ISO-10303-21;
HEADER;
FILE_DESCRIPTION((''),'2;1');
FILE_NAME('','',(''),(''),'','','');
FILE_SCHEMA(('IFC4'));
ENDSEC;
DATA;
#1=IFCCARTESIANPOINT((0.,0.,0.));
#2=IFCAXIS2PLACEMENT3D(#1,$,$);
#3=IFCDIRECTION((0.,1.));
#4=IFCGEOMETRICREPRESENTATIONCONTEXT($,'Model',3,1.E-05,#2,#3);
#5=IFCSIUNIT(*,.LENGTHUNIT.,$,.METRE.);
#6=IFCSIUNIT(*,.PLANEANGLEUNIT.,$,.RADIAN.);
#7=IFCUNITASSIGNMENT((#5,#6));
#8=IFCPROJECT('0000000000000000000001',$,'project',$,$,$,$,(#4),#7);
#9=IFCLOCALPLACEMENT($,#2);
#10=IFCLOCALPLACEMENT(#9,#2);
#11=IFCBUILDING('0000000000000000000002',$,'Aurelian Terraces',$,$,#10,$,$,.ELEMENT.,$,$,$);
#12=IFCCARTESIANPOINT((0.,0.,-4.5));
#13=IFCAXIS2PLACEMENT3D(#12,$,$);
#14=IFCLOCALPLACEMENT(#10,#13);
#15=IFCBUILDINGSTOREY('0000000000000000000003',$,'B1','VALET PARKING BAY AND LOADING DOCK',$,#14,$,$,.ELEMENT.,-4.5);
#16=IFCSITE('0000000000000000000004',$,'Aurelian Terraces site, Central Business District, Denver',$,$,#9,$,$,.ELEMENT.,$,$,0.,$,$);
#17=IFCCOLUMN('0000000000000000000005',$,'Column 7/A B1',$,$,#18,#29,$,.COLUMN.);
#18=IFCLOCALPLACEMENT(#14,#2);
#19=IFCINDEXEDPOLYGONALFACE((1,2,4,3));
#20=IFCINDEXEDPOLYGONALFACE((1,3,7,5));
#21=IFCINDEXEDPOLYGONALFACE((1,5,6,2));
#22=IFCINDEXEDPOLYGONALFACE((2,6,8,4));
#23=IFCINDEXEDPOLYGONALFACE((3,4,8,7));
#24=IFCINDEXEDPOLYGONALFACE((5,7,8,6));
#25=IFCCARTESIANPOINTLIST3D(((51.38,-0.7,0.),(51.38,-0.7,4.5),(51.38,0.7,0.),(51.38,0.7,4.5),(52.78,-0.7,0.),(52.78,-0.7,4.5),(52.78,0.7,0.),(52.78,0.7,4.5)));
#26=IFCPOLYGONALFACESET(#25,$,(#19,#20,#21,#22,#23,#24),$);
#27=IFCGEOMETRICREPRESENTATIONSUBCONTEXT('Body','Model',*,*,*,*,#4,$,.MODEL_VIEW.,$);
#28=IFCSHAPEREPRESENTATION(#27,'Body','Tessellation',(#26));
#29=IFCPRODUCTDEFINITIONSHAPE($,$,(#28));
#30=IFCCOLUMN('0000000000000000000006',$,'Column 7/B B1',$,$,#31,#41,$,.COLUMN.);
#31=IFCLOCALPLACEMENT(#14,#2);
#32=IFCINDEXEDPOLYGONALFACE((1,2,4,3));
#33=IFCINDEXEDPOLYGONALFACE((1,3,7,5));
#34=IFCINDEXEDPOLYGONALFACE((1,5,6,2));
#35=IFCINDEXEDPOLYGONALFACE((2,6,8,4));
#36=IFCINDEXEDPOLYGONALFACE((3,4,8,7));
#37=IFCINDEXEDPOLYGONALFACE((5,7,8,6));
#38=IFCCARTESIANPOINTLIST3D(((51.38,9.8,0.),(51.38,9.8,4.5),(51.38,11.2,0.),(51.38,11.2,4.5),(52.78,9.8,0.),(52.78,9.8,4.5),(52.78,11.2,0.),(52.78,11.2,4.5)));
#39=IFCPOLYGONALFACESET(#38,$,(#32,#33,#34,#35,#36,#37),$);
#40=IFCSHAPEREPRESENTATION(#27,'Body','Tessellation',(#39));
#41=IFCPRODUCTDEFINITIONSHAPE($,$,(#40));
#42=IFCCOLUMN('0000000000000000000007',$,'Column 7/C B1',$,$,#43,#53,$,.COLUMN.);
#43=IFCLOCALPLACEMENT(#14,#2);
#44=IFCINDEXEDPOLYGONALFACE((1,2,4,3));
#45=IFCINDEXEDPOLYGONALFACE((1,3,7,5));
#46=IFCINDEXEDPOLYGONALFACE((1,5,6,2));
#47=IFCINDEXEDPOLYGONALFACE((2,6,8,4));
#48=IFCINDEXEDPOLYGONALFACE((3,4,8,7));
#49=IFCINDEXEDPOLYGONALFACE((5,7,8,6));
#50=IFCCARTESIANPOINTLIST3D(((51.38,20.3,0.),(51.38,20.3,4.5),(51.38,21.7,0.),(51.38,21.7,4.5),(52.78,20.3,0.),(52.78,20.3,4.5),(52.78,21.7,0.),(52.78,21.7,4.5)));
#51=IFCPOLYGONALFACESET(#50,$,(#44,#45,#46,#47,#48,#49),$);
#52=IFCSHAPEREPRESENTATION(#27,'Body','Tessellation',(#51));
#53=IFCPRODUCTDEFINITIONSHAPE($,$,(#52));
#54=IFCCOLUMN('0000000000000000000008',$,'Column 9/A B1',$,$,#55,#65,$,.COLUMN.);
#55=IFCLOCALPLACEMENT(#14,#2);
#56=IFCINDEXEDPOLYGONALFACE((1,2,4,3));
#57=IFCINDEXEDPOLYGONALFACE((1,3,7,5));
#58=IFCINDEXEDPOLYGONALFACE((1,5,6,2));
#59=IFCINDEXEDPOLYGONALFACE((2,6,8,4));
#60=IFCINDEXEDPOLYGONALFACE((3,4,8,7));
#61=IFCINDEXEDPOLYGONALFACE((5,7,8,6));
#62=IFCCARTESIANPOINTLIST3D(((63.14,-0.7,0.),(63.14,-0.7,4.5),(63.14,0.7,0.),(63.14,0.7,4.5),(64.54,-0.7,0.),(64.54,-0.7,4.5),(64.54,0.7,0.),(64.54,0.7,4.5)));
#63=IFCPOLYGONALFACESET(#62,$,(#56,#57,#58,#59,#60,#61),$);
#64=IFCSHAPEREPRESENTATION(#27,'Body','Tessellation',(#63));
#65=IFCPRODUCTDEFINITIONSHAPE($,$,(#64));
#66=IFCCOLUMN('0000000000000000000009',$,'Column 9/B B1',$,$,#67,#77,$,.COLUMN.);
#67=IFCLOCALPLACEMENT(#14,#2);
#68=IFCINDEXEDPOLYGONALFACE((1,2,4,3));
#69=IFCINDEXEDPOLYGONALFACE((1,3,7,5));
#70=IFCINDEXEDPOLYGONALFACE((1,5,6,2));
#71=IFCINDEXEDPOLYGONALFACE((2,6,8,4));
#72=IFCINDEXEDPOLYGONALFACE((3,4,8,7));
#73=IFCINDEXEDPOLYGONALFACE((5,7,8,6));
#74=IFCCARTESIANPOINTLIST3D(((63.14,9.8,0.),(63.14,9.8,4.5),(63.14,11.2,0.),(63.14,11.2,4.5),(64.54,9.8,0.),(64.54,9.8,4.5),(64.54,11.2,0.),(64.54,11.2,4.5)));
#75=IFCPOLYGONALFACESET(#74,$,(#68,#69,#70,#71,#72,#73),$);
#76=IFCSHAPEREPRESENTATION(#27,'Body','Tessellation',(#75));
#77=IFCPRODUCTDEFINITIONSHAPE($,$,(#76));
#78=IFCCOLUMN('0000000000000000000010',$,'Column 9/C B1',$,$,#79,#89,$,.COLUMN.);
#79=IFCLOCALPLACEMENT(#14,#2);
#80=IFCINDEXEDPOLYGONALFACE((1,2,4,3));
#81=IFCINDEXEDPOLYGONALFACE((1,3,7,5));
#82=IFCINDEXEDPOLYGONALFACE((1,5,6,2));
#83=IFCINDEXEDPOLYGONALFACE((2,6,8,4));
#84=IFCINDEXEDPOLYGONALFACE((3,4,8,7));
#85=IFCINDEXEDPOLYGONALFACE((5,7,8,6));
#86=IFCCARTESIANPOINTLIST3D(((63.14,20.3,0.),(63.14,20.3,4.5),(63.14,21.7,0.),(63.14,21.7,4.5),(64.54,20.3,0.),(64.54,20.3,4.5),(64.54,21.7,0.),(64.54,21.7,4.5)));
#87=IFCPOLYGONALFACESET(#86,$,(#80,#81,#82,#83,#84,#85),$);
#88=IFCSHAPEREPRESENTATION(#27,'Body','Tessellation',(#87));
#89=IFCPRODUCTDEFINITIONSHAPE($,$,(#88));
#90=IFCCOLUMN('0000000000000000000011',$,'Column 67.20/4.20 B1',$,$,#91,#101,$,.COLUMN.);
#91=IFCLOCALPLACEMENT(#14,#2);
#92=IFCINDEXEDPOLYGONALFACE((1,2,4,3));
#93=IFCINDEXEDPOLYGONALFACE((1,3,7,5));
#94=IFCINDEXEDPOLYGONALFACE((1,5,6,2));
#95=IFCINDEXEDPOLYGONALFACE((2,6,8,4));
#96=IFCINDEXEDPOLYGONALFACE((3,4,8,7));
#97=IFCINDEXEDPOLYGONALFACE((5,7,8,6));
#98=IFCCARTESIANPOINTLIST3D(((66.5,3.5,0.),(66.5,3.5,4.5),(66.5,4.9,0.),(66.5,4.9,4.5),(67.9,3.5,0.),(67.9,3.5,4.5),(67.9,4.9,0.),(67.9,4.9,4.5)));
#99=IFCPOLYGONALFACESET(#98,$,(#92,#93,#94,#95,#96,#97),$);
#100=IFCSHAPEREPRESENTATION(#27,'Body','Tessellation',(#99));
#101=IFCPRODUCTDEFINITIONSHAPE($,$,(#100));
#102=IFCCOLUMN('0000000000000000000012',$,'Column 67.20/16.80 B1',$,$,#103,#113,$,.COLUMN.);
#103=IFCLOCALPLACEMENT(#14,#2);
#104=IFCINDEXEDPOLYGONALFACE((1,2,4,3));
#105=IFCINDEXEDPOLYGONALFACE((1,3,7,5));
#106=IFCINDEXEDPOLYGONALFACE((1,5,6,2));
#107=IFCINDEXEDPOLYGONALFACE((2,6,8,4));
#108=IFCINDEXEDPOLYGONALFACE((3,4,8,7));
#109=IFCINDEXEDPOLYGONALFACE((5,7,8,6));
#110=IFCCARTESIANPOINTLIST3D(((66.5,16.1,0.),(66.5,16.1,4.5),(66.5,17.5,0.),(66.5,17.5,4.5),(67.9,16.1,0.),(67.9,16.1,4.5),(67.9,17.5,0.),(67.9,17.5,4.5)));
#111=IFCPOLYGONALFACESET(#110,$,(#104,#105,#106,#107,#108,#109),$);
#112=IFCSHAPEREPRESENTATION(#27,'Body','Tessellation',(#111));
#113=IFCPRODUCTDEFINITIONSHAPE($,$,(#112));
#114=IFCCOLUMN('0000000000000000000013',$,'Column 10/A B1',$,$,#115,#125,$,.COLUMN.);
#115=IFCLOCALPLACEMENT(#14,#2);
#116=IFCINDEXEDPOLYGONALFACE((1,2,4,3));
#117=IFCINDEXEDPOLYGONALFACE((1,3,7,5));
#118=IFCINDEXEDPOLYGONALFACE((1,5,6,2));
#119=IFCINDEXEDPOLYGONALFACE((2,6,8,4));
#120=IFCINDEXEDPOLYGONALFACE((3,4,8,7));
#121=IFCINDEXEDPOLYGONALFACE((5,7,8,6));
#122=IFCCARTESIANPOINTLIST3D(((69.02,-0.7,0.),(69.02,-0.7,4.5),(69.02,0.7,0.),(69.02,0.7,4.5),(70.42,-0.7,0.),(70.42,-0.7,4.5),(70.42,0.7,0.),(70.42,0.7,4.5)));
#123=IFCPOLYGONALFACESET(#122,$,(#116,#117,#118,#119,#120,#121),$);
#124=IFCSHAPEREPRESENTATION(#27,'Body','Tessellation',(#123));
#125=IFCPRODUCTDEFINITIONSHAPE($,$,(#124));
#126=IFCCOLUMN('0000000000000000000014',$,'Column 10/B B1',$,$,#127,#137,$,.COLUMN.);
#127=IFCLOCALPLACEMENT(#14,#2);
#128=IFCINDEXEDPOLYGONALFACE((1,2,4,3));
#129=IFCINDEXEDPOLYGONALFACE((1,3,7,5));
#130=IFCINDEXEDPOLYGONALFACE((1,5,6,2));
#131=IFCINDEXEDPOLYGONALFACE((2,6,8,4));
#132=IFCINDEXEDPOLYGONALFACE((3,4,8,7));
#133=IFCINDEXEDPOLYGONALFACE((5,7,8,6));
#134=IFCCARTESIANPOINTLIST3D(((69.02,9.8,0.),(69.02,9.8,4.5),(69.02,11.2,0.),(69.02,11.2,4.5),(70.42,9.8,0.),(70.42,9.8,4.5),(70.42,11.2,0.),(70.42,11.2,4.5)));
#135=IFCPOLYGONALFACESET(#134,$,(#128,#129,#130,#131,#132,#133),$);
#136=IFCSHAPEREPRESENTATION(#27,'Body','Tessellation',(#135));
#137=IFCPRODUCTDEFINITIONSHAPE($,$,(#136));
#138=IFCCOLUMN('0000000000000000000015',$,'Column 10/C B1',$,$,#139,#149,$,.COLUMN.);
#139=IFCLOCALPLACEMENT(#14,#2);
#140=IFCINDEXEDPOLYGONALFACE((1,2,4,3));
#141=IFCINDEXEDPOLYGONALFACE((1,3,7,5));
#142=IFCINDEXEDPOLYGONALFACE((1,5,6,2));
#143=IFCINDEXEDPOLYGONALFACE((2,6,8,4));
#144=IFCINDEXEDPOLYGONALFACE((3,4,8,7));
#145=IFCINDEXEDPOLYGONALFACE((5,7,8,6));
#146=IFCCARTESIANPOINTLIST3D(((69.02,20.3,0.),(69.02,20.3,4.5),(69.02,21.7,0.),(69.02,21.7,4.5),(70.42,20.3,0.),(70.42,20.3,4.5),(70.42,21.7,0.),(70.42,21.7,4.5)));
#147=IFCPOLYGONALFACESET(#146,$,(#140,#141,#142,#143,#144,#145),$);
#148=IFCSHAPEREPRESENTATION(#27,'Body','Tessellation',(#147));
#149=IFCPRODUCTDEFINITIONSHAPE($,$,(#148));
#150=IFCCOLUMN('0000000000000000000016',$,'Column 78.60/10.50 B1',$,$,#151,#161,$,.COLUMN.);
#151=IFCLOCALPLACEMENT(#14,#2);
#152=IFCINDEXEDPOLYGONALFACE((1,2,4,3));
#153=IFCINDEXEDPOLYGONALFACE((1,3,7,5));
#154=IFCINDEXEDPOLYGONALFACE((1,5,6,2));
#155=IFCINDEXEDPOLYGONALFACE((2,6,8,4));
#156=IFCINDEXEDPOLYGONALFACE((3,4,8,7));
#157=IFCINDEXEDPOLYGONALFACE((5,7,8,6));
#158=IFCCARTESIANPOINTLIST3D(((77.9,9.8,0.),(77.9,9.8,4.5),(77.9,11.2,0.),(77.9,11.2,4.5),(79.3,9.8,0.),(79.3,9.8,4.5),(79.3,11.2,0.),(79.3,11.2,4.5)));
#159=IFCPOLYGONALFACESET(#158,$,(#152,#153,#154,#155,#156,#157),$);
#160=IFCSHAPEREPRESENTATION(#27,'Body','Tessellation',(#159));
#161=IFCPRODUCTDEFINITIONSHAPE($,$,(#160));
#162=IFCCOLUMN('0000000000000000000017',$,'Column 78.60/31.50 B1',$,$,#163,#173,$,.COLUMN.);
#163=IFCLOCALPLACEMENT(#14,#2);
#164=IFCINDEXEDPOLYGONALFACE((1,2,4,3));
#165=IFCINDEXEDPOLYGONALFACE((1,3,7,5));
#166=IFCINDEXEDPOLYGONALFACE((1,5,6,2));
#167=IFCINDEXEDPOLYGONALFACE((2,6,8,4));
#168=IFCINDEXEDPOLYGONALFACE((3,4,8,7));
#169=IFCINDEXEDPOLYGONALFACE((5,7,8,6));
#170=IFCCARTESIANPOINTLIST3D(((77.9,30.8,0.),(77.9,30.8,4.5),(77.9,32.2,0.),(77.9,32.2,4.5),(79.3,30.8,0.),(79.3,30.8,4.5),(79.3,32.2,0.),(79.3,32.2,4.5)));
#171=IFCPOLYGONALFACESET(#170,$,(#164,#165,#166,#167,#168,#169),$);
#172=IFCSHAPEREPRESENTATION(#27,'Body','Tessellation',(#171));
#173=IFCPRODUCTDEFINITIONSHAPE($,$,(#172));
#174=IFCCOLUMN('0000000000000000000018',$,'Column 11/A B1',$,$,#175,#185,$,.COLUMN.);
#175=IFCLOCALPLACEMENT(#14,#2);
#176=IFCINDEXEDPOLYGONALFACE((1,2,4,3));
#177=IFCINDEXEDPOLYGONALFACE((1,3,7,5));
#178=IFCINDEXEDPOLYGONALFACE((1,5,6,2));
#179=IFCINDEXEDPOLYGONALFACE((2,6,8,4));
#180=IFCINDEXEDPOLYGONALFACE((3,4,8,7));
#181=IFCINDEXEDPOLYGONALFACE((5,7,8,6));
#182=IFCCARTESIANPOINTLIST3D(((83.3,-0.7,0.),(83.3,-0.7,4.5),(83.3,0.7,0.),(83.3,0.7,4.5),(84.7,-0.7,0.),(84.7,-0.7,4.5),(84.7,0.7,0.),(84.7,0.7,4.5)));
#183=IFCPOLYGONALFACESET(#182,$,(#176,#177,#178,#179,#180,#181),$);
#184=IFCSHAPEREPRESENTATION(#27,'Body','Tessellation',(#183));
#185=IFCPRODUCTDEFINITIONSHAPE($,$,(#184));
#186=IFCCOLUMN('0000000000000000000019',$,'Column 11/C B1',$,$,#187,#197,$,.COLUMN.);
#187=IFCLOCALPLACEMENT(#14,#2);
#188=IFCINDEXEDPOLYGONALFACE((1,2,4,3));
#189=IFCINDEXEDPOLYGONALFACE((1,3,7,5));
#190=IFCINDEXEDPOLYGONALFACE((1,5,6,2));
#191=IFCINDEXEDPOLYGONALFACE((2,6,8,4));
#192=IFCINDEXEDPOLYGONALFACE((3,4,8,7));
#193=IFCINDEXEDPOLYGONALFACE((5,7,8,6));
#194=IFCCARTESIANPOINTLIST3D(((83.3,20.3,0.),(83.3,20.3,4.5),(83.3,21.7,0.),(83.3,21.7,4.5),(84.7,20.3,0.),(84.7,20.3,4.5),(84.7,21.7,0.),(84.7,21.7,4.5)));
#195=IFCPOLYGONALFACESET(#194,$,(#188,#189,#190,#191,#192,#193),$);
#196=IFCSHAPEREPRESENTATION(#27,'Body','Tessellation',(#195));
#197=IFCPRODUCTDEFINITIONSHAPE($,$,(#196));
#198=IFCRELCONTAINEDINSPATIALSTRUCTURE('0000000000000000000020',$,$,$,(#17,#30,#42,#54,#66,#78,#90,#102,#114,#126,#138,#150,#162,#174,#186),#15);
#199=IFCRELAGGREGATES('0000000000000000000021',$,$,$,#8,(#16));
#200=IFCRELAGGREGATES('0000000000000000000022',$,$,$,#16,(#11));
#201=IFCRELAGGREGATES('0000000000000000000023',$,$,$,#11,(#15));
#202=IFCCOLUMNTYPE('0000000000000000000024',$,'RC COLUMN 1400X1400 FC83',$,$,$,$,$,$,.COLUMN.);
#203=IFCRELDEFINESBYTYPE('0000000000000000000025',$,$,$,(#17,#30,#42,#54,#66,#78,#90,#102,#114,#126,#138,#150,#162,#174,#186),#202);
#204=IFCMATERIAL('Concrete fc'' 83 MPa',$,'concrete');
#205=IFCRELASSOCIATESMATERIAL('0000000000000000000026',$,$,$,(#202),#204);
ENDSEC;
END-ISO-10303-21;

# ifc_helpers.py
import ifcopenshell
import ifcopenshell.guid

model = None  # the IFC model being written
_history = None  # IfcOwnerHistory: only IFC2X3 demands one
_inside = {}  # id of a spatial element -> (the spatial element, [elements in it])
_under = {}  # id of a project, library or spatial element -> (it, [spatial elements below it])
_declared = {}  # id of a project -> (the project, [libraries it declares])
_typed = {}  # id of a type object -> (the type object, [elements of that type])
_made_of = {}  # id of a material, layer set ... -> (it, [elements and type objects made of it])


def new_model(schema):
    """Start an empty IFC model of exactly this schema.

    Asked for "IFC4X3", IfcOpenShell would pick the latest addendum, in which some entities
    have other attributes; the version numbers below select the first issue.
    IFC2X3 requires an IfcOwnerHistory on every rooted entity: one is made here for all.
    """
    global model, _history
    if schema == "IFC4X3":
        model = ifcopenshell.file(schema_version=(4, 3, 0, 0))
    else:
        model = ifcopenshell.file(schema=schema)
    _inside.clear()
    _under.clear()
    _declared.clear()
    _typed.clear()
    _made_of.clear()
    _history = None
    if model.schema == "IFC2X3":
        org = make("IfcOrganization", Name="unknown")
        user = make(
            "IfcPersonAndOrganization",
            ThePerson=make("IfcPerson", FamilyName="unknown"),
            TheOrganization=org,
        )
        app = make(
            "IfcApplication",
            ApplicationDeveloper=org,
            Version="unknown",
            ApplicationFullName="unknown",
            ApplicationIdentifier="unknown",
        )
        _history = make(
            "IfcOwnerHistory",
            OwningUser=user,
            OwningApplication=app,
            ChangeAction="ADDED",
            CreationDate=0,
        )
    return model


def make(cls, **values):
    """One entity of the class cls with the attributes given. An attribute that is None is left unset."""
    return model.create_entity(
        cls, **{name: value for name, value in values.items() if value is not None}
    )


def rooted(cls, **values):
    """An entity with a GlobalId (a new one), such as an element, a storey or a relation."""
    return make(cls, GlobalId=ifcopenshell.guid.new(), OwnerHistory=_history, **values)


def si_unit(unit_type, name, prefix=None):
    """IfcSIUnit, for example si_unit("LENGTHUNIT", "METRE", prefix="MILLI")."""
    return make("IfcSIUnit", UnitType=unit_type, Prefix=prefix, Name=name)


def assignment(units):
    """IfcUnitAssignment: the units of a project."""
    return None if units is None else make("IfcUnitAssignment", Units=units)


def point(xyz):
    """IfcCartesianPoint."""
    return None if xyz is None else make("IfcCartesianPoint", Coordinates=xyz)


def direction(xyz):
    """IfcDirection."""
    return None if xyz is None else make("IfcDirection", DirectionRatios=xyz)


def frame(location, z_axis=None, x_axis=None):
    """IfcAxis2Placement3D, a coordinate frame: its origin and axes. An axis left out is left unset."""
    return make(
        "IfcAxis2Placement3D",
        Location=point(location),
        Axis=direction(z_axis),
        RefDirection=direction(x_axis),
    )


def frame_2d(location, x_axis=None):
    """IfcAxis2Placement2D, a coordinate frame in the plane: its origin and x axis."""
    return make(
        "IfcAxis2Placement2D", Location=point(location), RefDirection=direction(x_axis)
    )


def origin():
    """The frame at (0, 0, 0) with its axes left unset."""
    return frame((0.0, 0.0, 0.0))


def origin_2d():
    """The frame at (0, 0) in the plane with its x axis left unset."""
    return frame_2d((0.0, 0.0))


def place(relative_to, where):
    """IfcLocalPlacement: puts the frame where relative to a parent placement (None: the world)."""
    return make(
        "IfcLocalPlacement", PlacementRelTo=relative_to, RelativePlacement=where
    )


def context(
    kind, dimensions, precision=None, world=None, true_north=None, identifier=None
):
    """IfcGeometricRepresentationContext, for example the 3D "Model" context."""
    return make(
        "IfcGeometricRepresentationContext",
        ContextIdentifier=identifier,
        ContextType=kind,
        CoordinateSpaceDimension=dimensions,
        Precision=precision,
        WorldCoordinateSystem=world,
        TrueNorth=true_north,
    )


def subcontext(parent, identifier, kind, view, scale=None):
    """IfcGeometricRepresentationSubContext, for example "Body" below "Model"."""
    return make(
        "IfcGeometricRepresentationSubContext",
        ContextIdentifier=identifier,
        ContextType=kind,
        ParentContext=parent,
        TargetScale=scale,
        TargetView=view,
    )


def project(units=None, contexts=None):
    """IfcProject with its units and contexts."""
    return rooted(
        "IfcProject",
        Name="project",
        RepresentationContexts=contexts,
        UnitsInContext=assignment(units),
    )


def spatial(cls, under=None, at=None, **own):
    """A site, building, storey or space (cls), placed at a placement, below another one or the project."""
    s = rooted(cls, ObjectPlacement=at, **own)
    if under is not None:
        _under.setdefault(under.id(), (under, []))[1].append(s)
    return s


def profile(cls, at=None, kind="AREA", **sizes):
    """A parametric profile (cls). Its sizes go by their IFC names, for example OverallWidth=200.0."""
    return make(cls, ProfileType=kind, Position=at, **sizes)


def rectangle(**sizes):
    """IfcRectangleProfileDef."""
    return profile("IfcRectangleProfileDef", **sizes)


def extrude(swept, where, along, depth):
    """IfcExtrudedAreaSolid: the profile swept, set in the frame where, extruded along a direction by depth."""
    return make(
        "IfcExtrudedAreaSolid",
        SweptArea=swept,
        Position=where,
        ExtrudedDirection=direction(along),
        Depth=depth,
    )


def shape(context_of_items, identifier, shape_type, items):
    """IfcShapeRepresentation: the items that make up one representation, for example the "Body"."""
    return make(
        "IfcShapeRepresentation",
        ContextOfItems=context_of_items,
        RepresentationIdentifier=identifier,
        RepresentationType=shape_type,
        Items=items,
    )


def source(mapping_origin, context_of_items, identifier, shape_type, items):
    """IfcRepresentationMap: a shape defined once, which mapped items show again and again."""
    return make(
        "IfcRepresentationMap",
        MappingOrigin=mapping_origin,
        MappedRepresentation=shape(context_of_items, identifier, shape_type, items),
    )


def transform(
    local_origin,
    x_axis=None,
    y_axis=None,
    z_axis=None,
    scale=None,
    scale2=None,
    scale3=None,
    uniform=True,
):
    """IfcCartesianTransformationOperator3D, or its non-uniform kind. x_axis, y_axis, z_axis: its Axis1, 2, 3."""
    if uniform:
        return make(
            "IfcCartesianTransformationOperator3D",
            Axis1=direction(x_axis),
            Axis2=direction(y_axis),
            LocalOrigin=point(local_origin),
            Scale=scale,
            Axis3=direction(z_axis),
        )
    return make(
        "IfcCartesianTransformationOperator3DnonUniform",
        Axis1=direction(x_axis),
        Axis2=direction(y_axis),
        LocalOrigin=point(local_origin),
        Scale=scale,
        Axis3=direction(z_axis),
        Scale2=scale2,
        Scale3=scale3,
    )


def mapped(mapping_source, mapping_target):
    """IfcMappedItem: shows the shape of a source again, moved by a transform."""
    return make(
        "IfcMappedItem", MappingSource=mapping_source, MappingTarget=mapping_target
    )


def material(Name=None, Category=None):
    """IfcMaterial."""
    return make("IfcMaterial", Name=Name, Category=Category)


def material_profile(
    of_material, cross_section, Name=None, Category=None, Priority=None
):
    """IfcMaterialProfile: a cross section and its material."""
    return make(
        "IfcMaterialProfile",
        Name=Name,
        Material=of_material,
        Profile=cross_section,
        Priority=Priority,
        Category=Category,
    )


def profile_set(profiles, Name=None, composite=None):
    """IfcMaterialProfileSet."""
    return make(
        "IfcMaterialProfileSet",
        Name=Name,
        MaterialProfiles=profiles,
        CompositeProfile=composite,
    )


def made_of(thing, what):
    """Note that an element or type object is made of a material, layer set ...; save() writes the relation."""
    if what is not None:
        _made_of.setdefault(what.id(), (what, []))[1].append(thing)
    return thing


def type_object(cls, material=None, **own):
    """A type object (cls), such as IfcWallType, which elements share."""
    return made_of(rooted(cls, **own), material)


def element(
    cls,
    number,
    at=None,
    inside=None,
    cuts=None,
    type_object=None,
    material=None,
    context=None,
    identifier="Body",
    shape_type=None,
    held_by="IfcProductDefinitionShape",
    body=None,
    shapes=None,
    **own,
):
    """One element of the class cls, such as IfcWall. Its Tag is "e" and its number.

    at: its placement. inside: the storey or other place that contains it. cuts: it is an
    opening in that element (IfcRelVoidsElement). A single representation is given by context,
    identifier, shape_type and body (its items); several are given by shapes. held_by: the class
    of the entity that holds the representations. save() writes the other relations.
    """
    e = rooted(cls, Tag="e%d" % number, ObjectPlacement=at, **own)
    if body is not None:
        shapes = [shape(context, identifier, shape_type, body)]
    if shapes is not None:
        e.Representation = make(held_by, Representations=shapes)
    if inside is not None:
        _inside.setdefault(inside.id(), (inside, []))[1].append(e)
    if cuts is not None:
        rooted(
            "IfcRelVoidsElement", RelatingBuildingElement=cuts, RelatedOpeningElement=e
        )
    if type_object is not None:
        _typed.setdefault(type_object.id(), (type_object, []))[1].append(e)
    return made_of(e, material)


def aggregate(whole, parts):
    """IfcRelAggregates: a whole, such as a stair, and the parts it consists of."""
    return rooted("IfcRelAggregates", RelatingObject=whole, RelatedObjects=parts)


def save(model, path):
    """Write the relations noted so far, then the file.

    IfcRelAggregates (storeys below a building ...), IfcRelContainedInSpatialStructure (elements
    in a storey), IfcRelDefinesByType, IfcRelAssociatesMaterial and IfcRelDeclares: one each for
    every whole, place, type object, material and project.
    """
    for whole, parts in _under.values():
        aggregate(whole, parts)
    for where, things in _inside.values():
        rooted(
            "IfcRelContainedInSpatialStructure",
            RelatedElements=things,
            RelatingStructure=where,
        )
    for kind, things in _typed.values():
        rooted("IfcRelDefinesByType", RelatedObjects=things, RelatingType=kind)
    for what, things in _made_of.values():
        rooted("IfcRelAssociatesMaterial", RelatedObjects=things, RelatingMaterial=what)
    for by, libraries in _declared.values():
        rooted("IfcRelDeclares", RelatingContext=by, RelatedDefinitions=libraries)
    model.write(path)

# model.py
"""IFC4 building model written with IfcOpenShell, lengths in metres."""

from ifc_helpers import new_model, si_unit, direction, frame, origin, origin_2d, place, context, subcontext, project, spatial, rectangle, extrude, source, transform, mapped, material, material_profile, profile_set, type_object, element, save


model = new_model("IFC4")

# Units and contexts
model_context = context("Model", 3, precision=1e-05, world=origin(), true_north=direction((0.0, 1.0)))
body_context = subcontext(model_context, "Body", "Model", "MODEL_VIEW")
ifc_project = project(units=[si_unit("LENGTHUNIT", "METRE"), si_unit("PLANEANGLEUNIT", "RADIAN")], contexts=[model_context])

# Site, building, storey
site_placement = place(None, origin())
site = spatial("IfcSite", under=ifc_project, at=site_placement, Name="Aurelian Terraces site, Central Business District, Denver", CompositionType="ELEMENT", RefElevation=0.0)
building_placement = place(site_placement, origin())
building = spatial("IfcBuilding", under=site, at=building_placement, Name="Aurelian Terraces", CompositionType="ELEMENT")
storey_placement = place(building_placement, frame((0.0, 0.0, -4.5)))
storey = spatial("IfcBuildingStorey", under=building, at=storey_placement, Name="B1", Description="VALET PARKING BAY AND LOADING DOCK", CompositionType="ELEMENT", Elevation=-4.5)

# Columns
ifc_material_1 = material(Name="Concrete fc' 83 MPa", Category="concrete")
ifc_material_profile = material_profile(ifc_material_1, rectangle(XDim=1.4, YDim=1.4, at=origin_2d()))
ifc_profile_set = profile_set([ifc_material_profile], Name="Concrete fc' 83 MPa")
column_type = type_object("IfcColumnType", Name="RC COLUMN 1400X1400 FC83", PredefinedType="COLUMN", material=ifc_profile_set)
shared_shape_1 = source(origin(), body_context, "Body", "SweptSolid", [
    extrude(rectangle(XDim=1.4, YDim=1.4, at=origin_2d()), origin(), (0.0, 0.0, 1.0), 4.5),
])
for number, where, z_axis, x_axis, name in (
    (1, (52.08, 0.0, 0.0), (0.0, 0.0, 1.0), (1.0, 0.0, 0.0), "Column 7/A B1"),
    (2, (52.08, 10.5, 0.0), (0.0, 0.0, 1.0), (1.0, 0.0, 0.0), "Column 7/B B1"),
    (3, (52.08, 21.0, 0.0), (0.0, 0.0, 1.0), (1.0, 0.0, 0.0), "Column 7/C B1"),
    (4, (63.84, 0.0, 0.0), (0.0, 0.0, 1.0), (1.0, 0.0, 0.0), "Column 9/A B1"),
    (5, (63.84, 10.5, 0.0), (0.0, 0.0, 1.0), (1.0, 0.0, 0.0), "Column 9/B B1"),
    (6, (63.84, 21.0, 0.0), (0.0, 0.0, 1.0), (1.0, 0.0, 0.0), "Column 9/C B1"),
    (7, (67.2, 4.2, 0.0), (0.0, 0.0, 1.0), (1.0, 0.0, 0.0), "Column 67.20/4.20 B1"),
    (8, (67.2, 16.8, 0.0), (0.0, 0.0, 1.0), (1.0, 0.0, 0.0), "Column 67.20/16.80 B1"),
    (9, (69.72, 0.0, 0.0), (0.0, 0.0, 1.0), (1.0, 0.0, 0.0), "Column 10/A B1"),
    (10, (69.72, 10.5, 0.0), (0.0, 0.0, 1.0), (1.0, 0.0, 0.0), "Column 10/B B1"),
    (11, (69.72, 21.0, 0.0), (0.0, 0.0, 1.0), (1.0, 0.0, 0.0), "Column 10/C B1"),
    (12, (78.6, 10.5, 0.0), (0.0, 0.0, 1.0), (1.0, 0.0, 0.0), "Column 78.60/10.50 B1"),
    (13, (78.6, 31.5, 0.0), (0.0, 0.0, 1.0), (1.0, 0.0, 0.0), "Column 78.60/31.50 B1"),
    (14, (84.0, 0.0, 0.0), (0.0, 0.0, 1.0), (1.0, 0.0, 0.0), "Column 11/A B1"),
    (15, (84.0, 21.0, 0.0), (0.0, 0.0, 1.0), (1.0, 0.0, 0.0), "Column 11/C B1"),
):
    element("IfcColumn", number, at=place(storey_placement, frame(where, z_axis=z_axis, x_axis=x_axis)), inside=storey, type_object=column_type, Name=name, PredefinedType="COLUMN", context=body_context, shape_type="MappedRepresentation", body=[
        mapped(shared_shape_1, transform((0.0, 0.0, 0.0), scale=1.0)),
    ])

save(model, "model.ifc")
